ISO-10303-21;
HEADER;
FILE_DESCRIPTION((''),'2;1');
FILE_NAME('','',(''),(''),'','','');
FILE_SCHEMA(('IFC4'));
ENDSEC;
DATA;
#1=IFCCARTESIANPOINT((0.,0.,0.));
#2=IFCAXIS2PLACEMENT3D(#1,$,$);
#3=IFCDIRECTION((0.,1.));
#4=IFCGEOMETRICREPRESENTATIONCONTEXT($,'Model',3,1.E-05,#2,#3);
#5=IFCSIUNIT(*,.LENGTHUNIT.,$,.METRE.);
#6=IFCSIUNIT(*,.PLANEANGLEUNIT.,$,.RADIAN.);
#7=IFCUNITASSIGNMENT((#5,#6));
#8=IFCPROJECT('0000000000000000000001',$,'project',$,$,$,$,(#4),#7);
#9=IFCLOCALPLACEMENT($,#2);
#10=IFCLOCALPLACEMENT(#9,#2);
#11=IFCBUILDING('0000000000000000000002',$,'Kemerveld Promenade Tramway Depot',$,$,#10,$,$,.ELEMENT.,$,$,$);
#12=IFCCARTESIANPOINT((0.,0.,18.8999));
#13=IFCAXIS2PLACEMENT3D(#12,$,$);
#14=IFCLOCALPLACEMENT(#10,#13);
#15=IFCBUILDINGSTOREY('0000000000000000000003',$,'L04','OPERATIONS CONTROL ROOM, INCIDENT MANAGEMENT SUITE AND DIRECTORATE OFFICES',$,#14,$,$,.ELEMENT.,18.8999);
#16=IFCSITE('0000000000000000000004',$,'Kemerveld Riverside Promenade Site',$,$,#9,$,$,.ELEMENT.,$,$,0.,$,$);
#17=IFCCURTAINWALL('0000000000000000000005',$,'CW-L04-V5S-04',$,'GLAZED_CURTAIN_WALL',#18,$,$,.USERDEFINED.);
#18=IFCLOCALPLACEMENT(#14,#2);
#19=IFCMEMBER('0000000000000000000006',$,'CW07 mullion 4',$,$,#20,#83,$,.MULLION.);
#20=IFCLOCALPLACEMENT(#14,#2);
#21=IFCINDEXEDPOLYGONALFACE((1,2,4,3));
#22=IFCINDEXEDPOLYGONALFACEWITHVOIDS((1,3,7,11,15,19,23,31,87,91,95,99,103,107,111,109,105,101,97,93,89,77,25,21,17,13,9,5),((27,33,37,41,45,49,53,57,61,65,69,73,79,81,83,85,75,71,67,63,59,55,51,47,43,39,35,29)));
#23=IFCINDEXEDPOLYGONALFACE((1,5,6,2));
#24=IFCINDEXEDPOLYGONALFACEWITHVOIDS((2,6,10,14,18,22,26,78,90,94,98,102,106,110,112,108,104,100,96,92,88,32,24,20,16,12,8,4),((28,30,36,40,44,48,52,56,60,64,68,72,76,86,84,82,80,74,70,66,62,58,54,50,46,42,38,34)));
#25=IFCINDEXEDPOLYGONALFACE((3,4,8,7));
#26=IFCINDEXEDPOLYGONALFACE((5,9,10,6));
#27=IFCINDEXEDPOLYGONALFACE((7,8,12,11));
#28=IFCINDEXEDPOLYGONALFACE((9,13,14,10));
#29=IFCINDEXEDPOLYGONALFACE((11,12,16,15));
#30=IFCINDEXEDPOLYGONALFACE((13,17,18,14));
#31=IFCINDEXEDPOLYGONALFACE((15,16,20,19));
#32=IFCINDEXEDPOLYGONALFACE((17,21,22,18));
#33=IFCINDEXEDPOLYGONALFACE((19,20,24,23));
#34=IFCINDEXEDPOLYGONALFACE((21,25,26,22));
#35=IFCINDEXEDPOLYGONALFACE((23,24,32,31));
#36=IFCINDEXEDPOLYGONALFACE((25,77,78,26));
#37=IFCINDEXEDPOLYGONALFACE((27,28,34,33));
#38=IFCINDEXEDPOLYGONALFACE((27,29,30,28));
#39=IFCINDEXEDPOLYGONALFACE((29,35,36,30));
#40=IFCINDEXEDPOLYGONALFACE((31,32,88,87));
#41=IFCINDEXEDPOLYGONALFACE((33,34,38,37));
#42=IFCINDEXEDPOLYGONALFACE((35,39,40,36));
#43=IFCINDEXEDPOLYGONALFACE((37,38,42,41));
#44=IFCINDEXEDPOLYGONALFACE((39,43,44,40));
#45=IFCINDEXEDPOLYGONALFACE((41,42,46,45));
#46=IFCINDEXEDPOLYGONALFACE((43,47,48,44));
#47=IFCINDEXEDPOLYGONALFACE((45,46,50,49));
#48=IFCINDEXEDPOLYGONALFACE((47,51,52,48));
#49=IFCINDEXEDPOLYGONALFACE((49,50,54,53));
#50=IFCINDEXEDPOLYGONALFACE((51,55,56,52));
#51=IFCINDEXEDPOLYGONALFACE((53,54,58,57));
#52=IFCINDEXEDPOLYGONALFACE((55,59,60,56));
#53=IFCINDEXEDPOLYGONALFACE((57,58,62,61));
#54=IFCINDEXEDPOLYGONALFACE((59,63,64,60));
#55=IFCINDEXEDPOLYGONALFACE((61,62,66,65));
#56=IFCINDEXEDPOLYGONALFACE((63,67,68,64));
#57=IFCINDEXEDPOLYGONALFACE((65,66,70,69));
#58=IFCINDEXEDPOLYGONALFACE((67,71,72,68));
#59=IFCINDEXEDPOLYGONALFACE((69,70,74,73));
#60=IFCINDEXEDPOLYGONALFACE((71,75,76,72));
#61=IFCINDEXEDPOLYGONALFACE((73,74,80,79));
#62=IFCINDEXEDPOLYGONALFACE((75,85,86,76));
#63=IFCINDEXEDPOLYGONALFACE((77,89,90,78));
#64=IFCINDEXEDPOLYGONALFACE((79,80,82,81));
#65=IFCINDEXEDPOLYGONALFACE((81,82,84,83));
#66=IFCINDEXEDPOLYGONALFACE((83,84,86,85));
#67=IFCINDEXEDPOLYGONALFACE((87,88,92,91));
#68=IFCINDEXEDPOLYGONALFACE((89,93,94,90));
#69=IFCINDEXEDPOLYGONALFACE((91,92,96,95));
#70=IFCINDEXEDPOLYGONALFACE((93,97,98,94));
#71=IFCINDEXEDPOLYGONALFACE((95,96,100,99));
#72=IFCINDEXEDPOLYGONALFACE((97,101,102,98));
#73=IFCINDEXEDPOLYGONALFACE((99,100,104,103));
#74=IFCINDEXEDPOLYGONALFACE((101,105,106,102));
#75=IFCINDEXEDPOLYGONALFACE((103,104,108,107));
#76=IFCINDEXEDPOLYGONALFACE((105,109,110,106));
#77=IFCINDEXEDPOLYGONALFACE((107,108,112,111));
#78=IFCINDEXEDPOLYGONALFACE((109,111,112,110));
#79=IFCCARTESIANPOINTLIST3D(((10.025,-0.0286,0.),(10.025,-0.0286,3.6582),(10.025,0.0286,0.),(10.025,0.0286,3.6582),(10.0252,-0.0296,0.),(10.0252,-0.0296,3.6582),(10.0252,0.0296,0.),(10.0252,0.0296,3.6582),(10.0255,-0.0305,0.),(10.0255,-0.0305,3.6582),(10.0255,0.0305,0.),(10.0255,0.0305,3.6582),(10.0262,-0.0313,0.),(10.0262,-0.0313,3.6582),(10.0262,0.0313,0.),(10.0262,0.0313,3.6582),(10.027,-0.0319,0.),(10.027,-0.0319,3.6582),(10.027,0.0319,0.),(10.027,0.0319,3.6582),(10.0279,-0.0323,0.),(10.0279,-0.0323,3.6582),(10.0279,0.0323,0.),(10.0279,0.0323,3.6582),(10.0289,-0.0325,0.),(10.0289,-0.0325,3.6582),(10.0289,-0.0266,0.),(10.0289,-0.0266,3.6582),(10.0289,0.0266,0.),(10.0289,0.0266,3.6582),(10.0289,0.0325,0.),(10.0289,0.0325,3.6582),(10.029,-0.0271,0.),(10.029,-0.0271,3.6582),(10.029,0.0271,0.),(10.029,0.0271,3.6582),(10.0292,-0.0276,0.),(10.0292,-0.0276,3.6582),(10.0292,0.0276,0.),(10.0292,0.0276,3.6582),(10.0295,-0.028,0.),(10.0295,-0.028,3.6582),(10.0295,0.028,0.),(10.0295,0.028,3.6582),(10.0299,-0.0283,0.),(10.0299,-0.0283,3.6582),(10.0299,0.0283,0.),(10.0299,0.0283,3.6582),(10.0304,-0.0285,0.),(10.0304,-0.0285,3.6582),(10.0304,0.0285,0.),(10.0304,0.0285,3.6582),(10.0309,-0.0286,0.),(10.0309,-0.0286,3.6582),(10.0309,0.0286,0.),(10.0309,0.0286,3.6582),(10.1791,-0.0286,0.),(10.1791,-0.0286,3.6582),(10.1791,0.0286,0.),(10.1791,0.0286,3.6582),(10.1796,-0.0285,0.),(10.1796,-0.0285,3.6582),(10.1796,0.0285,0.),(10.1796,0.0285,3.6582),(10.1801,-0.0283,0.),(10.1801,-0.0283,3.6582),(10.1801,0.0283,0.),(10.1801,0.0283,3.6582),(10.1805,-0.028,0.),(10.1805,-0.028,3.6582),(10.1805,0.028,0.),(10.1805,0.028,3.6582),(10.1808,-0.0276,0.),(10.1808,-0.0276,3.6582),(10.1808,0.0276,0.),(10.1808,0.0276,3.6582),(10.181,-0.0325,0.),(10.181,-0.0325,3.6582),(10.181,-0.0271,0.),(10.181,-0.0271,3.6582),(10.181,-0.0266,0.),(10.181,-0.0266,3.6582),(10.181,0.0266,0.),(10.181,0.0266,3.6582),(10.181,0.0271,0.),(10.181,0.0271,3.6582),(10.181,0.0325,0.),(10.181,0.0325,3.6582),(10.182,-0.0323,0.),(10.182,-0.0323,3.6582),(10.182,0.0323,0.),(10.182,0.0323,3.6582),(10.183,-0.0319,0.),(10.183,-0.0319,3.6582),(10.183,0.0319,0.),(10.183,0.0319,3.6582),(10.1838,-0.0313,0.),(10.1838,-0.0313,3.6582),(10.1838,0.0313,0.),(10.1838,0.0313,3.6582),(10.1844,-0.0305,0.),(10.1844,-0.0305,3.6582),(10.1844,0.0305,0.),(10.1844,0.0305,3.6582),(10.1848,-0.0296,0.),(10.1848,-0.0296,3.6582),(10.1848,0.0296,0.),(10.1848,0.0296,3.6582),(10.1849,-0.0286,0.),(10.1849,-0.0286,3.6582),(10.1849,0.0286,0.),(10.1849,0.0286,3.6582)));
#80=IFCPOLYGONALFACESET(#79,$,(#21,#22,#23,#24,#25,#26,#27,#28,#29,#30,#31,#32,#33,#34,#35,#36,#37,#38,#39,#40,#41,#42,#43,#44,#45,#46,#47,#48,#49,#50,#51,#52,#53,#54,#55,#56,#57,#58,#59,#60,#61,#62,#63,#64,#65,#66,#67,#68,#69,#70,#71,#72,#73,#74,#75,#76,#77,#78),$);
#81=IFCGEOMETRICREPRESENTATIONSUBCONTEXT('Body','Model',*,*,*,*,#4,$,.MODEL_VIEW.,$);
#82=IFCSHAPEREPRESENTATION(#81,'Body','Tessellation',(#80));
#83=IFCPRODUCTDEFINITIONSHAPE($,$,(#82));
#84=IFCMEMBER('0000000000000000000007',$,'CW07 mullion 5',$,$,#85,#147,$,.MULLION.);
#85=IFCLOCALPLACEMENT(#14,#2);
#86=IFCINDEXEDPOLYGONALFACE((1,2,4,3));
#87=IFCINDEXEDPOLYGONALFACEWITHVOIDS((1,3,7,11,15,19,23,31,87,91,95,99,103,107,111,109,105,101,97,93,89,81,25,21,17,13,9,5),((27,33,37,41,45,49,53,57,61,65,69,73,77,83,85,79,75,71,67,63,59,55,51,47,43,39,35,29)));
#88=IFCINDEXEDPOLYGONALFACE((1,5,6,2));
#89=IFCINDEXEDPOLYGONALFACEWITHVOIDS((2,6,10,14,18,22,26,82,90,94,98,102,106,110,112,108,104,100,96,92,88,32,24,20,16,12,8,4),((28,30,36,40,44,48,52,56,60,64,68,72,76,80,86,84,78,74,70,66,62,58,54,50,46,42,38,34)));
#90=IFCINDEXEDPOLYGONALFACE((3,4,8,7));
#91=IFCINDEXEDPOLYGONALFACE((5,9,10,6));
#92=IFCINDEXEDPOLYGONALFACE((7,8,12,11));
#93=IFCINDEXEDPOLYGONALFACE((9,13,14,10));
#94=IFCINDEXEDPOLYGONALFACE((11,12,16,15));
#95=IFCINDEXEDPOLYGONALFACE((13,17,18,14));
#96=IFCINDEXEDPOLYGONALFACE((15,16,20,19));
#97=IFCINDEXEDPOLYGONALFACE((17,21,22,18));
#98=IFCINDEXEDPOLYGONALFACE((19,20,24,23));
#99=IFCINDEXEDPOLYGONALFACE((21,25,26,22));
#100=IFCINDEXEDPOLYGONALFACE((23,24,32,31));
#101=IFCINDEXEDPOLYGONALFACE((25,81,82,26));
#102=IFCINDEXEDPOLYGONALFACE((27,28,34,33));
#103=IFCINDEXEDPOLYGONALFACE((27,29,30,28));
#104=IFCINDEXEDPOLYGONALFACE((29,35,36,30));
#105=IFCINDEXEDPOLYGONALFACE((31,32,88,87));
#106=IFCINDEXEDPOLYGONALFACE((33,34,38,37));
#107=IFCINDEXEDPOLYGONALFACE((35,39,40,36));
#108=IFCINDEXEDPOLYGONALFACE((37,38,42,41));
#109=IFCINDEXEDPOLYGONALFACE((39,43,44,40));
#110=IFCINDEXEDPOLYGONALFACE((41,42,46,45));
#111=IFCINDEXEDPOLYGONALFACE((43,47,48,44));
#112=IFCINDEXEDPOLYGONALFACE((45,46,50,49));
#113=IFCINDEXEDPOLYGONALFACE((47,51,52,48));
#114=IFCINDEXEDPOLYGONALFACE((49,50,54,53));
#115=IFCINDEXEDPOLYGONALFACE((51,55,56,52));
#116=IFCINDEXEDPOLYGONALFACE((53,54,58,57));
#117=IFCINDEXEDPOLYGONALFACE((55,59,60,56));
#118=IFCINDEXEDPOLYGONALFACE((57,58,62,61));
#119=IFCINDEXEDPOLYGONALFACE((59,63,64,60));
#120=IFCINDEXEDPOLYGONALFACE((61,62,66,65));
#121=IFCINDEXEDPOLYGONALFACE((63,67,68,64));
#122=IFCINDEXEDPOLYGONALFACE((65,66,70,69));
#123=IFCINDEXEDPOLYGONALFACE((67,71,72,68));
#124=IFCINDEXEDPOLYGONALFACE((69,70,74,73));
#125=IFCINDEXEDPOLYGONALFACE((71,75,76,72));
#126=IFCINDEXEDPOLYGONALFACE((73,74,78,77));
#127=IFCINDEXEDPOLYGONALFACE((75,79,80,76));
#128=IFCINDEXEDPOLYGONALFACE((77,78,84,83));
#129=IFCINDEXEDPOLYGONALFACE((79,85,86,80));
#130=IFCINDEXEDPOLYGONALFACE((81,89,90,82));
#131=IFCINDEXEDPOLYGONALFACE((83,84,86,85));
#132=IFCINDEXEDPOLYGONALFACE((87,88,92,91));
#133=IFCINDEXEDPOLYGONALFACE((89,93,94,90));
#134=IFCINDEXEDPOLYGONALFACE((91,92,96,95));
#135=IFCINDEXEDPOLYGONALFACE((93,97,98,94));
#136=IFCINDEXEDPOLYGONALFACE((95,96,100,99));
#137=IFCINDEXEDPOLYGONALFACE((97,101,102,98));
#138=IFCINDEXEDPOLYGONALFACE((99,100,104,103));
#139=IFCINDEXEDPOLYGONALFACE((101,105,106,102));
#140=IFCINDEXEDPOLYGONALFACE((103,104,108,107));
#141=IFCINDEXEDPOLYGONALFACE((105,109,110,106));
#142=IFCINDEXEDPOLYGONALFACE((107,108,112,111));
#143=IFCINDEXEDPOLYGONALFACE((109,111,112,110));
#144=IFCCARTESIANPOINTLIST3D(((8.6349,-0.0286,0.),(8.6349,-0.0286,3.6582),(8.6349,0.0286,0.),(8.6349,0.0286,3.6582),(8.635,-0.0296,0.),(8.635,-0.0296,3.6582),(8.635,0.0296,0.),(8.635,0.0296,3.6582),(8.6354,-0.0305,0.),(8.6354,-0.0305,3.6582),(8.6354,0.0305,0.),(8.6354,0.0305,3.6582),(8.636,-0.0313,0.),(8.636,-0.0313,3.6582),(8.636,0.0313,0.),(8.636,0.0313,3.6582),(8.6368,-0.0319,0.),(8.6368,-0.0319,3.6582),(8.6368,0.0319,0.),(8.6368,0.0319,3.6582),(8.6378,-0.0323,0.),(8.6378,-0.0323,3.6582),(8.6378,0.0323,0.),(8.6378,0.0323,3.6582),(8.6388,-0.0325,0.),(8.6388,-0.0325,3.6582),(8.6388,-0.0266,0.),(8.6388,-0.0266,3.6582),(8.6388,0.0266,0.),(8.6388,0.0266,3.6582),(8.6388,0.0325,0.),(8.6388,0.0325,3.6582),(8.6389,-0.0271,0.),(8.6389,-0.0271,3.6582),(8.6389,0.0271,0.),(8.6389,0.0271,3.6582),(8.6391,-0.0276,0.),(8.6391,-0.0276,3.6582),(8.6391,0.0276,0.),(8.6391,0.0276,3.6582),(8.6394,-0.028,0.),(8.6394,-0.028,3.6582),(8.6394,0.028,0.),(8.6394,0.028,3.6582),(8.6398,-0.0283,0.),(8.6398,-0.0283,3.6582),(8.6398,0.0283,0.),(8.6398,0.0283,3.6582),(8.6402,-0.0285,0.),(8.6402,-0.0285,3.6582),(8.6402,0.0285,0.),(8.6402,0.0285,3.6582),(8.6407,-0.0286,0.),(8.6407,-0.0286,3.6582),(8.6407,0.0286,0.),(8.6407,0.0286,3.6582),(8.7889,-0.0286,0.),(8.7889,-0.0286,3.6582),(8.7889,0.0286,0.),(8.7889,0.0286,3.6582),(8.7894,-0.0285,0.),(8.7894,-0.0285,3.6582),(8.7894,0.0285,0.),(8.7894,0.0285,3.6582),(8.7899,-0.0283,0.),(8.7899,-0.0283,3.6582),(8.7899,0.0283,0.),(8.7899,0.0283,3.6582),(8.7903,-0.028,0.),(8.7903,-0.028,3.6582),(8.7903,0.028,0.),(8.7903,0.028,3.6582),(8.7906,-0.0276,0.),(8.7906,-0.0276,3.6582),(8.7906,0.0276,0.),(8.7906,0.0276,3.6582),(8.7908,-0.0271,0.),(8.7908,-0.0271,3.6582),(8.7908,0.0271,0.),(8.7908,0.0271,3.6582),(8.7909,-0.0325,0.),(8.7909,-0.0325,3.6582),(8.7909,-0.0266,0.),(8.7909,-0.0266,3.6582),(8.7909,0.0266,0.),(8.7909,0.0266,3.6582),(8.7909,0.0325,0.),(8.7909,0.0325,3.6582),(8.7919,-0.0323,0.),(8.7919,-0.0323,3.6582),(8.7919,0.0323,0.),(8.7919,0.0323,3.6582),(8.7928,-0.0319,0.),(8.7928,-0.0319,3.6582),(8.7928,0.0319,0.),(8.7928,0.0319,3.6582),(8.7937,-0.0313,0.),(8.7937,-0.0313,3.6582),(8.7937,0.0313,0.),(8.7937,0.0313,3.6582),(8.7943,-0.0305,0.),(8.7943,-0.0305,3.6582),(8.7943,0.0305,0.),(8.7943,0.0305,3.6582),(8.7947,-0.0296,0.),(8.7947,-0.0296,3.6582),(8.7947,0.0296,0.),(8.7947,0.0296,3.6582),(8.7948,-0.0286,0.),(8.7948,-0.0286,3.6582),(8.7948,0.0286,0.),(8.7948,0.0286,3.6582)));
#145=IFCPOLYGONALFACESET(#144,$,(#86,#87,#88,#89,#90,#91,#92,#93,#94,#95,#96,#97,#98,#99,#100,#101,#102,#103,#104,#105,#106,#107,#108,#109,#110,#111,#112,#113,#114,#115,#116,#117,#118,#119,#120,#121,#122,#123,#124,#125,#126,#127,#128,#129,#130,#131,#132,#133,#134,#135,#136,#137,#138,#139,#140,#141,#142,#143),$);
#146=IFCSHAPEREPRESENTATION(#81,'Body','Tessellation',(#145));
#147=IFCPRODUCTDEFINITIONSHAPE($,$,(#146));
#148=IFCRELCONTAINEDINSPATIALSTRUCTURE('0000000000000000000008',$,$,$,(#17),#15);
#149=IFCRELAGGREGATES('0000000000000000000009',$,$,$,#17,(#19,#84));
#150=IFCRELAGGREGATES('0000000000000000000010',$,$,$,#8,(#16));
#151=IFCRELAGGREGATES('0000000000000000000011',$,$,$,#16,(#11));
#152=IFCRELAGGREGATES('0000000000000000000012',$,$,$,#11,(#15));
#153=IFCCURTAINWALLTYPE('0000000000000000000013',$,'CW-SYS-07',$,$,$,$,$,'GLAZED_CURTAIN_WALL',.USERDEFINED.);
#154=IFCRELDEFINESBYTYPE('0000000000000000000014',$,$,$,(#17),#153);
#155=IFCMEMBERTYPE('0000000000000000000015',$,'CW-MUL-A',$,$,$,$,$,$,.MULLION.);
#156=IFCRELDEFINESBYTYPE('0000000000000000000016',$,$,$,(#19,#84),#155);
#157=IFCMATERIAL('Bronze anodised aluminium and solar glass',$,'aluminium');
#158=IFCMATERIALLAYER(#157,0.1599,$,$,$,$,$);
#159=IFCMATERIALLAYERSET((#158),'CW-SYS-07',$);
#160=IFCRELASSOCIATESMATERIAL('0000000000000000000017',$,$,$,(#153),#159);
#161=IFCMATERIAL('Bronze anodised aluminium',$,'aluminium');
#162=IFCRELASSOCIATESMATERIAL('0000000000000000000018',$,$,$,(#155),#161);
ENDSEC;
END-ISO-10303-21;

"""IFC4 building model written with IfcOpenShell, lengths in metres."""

from ifc_helpers import new_model, si_unit, direction, frame, origin, origin_2d, place, context, subcontext, project, spatial, hollow_rectangle, extrude, material, layer, layer_set, material_profile, profile_set, type_object, element, aggregate, save


model = new_model("IFC4")

# Units and contexts
model_context = context("Model", 3, precision=1e-05, world=origin(), true_north=direction((0.0, 1.0)))
body_context = subcontext(model_context, "Body", "Model", "MODEL_VIEW")
ifc_project = project(units=[si_unit("LENGTHUNIT", "METRE"), si_unit("PLANEANGLEUNIT", "RADIAN")], contexts=[model_context])

# Site, building, storey
site_placement = place(None, origin())
site = spatial("IfcSite", under=ifc_project, at=site_placement, Name="Kemerveld Riverside Promenade Site", CompositionType="ELEMENT", RefElevation=0.0)
building_placement = place(site_placement, origin())
building = spatial("IfcBuilding", under=site, at=building_placement, Name="Kemerveld Promenade Tramway Depot", CompositionType="ELEMENT")
storey_placement = place(building_placement, frame((0.0, 0.0, 18.8999)))
storey = spatial("IfcBuildingStorey", under=building, at=storey_placement, Name="L04", Description="OPERATIONS CONTROL ROOM, INCIDENT MANAGEMENT SUITE AND DIRECTORATE OFFICES", CompositionType="ELEMENT", Elevation=18.8999)

# Curtain wall, members
ifc_material_1 = material(Name="Bronze anodised aluminium and solar glass", Category="aluminium")
ifc_layer_1 = layer(ifc_material_1, 0.1599)
ifc_layer_set_1 = layer_set([ifc_layer_1], Name="CW-SYS-07")
curtain_wall_type = type_object("IfcCurtainWallType", Name="CW-SYS-07", ElementType="GLAZED_CURTAIN_WALL", PredefinedType="USERDEFINED", material=ifc_layer_set_1)
curtain_wall_placement = place(storey_placement, origin())
curtain_wall = element("IfcCurtainWall", 1, at=curtain_wall_placement, inside=storey, type_object=curtain_wall_type, Name="CW-L04-V5S-04", ObjectType="GLAZED_CURTAIN_WALL", PredefinedType="USERDEFINED")
ifc_material_2 = material(Name="Bronze anodised aluminium", Category="aluminium")
ifc_material_profile_1 = material_profile(ifc_material_2, hollow_rectangle(XDim=0.0649, YDim=0.1599, WallThickness=0.0039, InnerFilletRadius=0.002, OuterFilletRadius=0.0039, at=origin_2d()), Name="CW-MUL-160x65")
ifc_profile_set_1 = profile_set([ifc_material_profile_1], Name="Bronze anodised aluminium")
member_type_1 = type_object("IfcMemberType", Name="CW-MUL-A", PredefinedType="MULLION", material=ifc_profile_set_1)
member_1_placement = place(storey_placement, frame((10.105, 0.0, 0.0), z_axis=(0.0, 0.0, 1.0), x_axis=(0.0, -1.0, 0.0)))
member_1 = element("IfcMember", 2, at=member_1_placement, type_object=member_type_1, Name="CW07 mullion 4", PredefinedType="MULLION", context=body_context, shape_type="SweptSolid", body=[
    extrude(hollow_rectangle(XDim=0.0649, YDim=0.1599, WallThickness=0.0039, InnerFilletRadius=0.002, OuterFilletRadius=0.0039, at=origin_2d()), origin(), (0.0, 0.0, 1.0), 3.6582),
])
member_2_placement = place(storey_placement, frame((8.7148, 0.0, 0.0), z_axis=(0.0, 0.0, 1.0), x_axis=(0.0, -1.0, 0.0)))
member_2 = element("IfcMember", 3, at=member_2_placement, type_object=member_type_1, Name="CW07 mullion 5", PredefinedType="MULLION", context=body_context, shape_type="SweptSolid", body=[
    extrude(hollow_rectangle(XDim=0.0649, YDim=0.1599, WallThickness=0.0039, InnerFilletRadius=0.002, OuterFilletRadius=0.0039, at=origin_2d()), origin(), (0.0, 0.0, 1.0), 3.6582),
])

aggregate(curtain_wall, [member_1, member_2])

save(model, "model.ifc")
